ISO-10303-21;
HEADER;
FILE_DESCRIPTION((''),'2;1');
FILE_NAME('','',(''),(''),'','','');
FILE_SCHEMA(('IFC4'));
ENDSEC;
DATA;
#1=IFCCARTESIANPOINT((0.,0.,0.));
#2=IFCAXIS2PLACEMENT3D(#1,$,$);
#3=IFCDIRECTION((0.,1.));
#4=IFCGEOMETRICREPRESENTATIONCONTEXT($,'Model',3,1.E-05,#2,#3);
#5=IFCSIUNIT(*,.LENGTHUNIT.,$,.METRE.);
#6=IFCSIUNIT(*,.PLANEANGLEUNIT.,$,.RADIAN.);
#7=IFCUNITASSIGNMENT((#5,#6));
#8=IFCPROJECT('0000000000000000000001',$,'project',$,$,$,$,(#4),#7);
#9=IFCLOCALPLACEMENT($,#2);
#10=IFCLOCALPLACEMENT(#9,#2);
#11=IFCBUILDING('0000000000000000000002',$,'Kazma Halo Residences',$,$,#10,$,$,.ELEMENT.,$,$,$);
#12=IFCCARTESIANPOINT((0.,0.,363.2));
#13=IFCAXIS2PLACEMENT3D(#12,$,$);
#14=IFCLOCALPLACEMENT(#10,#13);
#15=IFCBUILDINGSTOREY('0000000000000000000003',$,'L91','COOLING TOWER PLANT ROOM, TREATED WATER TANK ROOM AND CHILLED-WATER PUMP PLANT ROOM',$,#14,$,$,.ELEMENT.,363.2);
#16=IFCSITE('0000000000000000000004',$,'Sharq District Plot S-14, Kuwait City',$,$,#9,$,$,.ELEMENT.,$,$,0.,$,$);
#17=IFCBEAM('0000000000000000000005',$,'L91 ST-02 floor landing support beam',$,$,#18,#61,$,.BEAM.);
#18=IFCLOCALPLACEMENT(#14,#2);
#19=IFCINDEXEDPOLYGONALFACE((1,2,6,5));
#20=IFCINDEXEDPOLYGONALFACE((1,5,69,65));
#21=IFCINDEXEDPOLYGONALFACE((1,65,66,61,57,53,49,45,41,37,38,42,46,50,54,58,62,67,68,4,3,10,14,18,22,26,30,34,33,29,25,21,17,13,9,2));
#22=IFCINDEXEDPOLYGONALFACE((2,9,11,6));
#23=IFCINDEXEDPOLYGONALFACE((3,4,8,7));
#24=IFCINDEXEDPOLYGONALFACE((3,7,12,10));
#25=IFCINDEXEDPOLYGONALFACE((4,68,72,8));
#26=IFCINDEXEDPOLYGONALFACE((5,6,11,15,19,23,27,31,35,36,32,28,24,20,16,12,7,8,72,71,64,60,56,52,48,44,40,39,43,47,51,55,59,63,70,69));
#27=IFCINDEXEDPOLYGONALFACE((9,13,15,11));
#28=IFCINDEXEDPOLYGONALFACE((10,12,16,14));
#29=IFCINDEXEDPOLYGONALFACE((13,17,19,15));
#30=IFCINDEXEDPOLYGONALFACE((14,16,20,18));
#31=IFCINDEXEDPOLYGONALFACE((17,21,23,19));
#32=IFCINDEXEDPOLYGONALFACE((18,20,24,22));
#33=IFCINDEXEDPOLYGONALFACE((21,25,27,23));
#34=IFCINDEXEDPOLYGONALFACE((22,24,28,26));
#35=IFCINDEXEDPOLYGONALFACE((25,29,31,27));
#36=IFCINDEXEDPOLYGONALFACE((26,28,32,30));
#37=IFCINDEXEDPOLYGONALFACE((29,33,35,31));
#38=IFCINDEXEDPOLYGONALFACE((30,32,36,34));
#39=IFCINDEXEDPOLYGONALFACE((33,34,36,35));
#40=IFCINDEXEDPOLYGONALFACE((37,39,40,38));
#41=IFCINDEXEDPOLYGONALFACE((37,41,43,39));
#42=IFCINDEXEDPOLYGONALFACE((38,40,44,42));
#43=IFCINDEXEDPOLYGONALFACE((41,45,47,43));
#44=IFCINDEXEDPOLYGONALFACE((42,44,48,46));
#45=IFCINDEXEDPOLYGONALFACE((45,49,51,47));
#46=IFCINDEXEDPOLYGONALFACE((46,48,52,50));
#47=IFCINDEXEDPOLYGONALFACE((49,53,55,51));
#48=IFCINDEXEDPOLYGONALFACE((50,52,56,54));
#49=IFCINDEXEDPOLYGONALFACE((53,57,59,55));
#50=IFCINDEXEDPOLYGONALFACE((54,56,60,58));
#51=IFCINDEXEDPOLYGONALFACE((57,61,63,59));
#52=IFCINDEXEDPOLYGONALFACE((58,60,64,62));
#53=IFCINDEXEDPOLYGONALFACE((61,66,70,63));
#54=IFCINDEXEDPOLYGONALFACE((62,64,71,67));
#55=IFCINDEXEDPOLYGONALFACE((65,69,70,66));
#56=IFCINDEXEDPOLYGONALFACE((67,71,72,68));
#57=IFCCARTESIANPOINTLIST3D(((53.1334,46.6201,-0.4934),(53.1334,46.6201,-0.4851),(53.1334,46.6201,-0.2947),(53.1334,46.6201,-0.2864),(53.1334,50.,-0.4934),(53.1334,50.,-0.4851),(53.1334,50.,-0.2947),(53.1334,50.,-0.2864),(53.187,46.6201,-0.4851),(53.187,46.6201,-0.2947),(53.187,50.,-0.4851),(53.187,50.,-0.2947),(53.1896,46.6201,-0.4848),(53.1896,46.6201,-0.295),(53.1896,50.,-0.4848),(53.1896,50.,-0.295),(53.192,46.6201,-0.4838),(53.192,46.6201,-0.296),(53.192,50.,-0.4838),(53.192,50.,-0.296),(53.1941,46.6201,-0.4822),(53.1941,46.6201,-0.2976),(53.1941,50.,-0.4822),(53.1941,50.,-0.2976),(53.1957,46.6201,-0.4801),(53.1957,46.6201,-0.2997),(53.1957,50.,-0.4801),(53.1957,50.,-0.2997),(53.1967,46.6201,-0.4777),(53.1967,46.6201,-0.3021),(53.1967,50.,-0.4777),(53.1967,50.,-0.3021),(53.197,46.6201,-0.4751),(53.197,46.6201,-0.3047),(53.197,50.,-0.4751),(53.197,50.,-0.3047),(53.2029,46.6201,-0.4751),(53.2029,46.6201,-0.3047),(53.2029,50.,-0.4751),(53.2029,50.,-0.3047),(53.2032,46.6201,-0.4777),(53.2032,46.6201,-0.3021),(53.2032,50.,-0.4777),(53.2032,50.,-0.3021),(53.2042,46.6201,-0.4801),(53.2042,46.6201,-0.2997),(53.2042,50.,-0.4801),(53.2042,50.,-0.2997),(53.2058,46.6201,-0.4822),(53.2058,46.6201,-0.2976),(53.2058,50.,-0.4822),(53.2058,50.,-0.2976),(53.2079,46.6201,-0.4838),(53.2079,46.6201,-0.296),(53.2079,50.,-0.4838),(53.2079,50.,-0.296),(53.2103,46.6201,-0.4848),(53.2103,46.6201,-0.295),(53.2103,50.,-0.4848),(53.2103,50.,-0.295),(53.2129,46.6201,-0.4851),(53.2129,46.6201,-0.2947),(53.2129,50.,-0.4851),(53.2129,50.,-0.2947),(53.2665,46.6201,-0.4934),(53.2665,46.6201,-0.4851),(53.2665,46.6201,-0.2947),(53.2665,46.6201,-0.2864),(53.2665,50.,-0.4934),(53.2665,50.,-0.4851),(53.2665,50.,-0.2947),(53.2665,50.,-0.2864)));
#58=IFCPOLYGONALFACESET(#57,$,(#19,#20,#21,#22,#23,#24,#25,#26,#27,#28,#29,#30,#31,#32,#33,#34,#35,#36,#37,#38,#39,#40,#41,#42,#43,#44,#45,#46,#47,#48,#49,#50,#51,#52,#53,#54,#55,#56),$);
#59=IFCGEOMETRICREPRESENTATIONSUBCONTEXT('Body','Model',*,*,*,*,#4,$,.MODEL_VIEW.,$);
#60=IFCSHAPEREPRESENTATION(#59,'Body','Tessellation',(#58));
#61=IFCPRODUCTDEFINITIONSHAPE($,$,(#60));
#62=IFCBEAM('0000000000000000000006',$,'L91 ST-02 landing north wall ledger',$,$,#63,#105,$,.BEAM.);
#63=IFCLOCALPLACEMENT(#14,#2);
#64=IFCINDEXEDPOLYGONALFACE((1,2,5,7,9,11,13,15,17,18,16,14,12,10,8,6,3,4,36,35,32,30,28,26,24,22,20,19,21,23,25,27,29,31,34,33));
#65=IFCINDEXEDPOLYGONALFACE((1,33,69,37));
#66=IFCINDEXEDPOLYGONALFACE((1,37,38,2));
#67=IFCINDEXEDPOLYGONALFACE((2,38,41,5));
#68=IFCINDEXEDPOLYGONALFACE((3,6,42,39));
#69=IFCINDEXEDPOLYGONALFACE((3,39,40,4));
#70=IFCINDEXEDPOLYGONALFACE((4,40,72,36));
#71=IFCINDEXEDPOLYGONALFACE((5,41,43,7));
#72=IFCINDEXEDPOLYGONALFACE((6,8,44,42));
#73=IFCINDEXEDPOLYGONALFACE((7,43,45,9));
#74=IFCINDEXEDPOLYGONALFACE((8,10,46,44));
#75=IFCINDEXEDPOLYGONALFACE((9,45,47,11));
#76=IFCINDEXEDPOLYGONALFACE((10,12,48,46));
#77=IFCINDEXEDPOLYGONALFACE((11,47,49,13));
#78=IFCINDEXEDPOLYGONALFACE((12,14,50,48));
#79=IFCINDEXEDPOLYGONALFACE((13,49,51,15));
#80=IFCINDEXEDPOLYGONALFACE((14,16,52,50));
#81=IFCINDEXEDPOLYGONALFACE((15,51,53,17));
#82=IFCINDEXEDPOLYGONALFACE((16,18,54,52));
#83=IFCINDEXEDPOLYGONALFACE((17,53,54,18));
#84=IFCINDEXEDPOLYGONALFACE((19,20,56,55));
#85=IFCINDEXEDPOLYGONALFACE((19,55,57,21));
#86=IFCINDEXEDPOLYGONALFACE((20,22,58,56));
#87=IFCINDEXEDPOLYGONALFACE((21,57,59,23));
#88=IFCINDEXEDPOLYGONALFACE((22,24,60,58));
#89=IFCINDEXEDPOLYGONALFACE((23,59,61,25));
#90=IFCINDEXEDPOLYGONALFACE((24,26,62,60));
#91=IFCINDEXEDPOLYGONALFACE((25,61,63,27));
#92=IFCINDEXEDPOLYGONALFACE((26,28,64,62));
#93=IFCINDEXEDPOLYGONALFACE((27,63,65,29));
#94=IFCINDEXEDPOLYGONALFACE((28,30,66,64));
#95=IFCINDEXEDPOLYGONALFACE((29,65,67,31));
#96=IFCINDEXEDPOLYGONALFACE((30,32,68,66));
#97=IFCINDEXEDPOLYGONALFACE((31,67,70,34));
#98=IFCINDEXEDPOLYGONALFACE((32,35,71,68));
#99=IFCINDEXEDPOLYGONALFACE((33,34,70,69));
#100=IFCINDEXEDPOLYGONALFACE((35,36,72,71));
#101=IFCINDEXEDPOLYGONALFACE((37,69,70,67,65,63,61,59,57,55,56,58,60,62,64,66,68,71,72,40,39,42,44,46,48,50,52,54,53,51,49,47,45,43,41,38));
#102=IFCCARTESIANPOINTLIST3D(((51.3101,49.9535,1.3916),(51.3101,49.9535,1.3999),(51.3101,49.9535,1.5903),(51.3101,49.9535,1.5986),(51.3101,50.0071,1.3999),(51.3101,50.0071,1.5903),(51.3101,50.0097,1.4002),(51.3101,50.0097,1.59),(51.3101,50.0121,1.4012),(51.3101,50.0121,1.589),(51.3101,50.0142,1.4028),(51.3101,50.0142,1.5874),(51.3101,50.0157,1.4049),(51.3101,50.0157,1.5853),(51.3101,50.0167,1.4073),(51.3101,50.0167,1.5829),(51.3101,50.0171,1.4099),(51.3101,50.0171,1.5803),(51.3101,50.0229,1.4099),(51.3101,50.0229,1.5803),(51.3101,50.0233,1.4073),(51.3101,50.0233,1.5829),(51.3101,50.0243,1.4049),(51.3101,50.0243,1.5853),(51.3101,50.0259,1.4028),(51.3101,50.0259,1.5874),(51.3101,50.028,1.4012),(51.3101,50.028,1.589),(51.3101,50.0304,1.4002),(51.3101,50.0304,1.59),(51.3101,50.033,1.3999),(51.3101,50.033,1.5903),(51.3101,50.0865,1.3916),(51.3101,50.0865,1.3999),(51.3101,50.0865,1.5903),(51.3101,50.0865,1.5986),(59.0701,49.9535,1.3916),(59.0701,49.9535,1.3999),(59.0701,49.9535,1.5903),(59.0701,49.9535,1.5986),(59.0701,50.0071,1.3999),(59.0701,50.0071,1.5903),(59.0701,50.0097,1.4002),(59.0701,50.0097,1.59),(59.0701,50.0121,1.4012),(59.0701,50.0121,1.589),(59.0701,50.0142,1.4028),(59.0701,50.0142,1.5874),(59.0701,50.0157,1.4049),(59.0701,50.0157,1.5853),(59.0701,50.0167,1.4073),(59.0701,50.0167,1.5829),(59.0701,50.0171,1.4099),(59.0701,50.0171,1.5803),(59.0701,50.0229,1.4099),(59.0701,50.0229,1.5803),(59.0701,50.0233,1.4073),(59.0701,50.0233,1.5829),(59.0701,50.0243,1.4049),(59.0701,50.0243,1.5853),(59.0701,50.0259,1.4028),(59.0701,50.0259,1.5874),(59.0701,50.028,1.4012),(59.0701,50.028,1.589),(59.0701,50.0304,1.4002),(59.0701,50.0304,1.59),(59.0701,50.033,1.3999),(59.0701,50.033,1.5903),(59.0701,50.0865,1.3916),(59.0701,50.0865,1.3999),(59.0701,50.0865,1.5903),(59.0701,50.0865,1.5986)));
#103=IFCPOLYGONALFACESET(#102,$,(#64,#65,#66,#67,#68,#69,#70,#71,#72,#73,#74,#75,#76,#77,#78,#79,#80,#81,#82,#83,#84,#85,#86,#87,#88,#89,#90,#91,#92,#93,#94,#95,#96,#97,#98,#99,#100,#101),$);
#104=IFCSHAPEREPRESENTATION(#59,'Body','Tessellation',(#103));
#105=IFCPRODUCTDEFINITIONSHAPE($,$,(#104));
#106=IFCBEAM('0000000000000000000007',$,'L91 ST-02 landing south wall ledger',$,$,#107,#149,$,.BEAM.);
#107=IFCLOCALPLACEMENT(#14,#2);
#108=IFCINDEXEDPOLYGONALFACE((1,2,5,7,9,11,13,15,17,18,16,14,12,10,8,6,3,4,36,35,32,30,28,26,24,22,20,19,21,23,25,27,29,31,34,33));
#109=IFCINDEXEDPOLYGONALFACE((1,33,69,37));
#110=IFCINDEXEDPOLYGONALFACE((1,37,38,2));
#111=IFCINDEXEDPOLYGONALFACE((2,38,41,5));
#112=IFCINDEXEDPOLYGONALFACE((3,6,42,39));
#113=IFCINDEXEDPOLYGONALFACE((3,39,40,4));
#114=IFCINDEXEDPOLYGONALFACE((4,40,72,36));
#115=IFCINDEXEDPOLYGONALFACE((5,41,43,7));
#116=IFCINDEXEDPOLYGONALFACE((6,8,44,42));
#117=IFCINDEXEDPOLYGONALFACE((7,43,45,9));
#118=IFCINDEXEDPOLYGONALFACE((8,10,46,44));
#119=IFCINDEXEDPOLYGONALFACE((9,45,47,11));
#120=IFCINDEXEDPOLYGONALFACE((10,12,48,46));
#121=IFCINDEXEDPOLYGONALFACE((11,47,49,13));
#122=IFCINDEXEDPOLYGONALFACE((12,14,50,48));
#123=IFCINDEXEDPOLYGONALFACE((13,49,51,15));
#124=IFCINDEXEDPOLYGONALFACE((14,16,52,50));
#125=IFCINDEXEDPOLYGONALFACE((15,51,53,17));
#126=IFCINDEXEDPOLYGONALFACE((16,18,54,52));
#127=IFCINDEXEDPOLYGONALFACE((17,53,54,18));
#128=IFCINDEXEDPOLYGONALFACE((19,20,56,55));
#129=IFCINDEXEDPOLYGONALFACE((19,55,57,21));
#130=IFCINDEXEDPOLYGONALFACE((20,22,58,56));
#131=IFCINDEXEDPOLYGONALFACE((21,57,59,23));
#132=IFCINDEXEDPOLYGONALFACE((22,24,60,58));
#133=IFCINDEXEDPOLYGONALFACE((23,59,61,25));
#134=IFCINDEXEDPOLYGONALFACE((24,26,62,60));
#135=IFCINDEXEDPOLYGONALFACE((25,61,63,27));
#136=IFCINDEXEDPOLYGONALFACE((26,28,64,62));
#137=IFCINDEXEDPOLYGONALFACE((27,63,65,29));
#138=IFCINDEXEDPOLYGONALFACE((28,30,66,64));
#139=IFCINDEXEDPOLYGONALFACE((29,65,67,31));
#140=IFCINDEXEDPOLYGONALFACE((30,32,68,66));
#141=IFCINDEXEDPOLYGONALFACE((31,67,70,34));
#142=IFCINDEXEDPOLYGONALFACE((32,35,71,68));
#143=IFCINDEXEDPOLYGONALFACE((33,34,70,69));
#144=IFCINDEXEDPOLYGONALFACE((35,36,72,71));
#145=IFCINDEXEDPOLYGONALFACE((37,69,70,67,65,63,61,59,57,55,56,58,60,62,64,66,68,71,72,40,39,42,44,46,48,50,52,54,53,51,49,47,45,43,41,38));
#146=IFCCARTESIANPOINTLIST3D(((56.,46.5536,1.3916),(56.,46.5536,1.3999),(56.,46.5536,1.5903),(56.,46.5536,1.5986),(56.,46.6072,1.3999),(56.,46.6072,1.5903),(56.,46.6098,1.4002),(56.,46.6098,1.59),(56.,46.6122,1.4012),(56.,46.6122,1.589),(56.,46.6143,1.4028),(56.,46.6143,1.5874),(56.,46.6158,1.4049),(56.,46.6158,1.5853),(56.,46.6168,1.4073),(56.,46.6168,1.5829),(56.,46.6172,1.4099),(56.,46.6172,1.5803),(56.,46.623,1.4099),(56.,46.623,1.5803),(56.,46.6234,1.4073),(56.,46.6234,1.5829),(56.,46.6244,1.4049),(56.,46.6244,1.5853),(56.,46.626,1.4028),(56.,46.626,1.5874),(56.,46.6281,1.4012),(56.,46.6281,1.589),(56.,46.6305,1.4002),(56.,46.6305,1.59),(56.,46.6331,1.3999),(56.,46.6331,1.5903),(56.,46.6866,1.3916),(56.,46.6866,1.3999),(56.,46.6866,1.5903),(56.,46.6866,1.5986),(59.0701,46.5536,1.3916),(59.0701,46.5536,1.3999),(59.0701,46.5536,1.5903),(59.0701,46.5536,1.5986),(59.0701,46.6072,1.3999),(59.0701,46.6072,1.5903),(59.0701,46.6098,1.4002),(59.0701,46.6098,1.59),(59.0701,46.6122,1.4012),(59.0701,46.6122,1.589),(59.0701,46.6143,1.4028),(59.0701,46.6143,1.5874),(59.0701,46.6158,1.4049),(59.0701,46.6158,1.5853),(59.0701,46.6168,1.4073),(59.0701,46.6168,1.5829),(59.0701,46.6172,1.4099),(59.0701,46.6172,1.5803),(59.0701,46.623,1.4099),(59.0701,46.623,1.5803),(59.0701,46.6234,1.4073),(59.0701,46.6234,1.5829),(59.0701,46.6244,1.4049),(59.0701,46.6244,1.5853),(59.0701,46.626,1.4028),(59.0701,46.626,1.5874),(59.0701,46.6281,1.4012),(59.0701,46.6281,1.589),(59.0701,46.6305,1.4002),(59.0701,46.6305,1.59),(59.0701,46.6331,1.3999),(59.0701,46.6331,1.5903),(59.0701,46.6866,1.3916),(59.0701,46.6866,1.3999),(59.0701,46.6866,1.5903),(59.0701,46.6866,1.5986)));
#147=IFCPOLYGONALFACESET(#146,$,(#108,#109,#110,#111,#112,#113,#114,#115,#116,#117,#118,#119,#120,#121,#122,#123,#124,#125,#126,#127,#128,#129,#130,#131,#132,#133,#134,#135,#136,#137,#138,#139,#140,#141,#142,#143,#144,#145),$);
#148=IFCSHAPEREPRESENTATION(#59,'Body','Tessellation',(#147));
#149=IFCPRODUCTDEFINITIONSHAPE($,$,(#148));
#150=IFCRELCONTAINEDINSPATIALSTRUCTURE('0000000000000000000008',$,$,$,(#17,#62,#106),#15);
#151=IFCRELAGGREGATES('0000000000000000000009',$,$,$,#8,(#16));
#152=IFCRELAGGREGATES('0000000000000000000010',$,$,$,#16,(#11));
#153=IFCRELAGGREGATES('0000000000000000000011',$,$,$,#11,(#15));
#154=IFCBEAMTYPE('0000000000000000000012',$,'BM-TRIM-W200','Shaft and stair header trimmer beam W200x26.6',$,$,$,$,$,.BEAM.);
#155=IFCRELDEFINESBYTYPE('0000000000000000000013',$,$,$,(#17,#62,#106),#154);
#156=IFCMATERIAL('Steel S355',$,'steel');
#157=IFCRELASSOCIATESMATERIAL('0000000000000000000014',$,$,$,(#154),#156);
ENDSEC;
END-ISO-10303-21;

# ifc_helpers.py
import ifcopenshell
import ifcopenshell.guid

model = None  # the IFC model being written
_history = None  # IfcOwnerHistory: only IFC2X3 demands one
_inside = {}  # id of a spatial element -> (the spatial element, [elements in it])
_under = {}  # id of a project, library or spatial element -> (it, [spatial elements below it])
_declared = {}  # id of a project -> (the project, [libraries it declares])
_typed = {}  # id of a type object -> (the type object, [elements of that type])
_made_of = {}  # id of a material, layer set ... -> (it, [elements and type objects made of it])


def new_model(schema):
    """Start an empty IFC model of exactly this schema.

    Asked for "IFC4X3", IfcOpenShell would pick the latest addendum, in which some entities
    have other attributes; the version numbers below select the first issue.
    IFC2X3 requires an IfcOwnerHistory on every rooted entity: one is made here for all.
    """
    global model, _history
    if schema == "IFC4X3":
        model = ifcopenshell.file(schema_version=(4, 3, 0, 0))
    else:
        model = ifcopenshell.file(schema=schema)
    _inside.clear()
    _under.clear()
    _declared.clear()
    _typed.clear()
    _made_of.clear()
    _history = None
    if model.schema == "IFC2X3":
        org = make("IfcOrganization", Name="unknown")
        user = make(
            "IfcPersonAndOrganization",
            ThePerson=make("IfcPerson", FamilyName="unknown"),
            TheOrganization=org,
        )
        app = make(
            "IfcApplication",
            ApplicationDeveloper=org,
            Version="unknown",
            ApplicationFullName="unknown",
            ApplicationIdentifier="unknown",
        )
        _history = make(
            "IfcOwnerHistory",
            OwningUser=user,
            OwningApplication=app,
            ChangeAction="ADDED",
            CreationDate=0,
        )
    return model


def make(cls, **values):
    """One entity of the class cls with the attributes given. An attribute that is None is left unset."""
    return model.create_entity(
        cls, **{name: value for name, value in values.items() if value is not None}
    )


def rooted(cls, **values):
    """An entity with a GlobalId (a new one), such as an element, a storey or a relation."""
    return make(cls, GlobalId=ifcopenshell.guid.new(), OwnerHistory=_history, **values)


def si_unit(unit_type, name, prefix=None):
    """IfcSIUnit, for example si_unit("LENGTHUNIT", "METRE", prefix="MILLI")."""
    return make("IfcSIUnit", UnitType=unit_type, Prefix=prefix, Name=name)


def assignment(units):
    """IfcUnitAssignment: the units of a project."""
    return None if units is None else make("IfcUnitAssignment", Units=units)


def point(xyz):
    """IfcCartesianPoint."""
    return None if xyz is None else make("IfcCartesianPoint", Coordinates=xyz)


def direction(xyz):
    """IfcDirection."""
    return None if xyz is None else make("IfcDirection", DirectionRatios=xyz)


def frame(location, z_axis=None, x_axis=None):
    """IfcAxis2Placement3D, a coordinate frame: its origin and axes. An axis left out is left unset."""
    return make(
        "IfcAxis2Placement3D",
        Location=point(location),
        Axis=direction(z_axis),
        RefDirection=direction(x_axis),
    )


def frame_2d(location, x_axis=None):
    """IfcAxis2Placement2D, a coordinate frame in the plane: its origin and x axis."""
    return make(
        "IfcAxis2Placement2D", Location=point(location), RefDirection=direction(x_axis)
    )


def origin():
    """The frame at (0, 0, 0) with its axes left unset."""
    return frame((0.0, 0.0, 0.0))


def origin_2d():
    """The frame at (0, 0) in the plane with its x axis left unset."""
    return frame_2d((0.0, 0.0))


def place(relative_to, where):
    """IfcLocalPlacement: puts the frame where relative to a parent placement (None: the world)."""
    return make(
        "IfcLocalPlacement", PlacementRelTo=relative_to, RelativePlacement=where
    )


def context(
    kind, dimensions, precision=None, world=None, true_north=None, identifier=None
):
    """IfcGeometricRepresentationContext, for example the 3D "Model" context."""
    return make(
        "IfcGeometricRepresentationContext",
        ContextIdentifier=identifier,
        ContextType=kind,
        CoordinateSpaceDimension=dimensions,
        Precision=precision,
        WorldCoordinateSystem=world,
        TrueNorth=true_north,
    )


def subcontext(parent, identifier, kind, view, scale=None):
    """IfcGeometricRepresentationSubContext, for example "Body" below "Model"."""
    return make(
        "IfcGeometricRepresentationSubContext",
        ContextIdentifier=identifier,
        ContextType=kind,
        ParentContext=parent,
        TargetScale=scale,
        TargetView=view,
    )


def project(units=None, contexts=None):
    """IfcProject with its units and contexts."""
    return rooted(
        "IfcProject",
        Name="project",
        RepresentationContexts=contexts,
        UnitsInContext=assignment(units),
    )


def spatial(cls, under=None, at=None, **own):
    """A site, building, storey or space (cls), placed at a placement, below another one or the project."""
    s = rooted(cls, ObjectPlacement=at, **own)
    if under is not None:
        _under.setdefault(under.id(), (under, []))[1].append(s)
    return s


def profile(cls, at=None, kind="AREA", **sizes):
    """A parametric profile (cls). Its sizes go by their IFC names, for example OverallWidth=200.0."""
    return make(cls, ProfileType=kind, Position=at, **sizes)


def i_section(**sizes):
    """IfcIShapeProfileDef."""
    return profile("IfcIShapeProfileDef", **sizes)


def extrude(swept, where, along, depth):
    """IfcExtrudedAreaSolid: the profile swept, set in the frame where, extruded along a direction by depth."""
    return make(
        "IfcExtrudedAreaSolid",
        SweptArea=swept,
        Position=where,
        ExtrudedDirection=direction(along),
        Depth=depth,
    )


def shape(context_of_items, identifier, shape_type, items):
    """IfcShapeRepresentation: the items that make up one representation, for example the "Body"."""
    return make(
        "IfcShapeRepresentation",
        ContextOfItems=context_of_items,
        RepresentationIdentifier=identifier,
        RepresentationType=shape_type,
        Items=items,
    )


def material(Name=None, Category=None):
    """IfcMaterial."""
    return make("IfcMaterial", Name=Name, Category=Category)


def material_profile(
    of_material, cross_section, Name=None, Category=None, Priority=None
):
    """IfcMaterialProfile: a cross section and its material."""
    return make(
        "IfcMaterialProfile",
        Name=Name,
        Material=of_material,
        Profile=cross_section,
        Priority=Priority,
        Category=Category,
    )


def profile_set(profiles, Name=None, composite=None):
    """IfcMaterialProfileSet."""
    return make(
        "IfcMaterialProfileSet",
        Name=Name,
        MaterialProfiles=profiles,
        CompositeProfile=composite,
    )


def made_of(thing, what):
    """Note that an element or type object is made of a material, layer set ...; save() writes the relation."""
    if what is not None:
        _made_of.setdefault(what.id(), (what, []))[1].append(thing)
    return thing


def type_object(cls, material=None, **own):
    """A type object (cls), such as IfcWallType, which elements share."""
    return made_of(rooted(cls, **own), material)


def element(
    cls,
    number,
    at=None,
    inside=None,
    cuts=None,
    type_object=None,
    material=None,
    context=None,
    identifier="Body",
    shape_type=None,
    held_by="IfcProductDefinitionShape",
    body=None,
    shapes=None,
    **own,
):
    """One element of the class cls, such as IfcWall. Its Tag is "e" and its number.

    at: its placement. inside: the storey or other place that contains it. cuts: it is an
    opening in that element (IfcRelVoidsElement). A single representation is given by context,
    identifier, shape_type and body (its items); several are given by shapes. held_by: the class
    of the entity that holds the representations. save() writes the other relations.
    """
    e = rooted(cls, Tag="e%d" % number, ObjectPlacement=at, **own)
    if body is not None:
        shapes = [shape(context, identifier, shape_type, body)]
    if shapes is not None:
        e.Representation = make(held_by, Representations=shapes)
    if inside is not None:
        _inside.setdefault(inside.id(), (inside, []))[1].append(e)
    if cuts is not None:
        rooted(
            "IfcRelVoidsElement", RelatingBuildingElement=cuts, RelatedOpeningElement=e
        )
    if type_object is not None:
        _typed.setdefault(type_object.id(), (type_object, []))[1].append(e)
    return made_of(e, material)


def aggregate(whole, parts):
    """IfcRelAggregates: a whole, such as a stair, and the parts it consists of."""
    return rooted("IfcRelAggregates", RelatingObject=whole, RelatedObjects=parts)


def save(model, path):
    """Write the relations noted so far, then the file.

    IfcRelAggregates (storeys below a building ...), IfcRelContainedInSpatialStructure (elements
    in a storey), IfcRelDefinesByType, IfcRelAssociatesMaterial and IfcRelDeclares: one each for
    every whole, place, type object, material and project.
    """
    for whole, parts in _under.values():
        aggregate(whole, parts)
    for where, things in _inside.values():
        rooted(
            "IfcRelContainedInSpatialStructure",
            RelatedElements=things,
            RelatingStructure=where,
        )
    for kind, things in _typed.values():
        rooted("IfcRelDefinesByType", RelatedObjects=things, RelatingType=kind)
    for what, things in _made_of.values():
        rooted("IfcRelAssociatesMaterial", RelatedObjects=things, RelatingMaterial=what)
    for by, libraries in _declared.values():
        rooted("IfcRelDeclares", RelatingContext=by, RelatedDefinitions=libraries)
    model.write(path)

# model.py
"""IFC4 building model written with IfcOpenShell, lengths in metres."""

from ifc_helpers import new_model, si_unit, direction, frame, origin, origin_2d, place, context, subcontext, project, spatial, i_section, extrude, material, material_profile, profile_set, type_object, element, save


model = new_model("IFC4")

# Units and contexts
model_context = context("Model", 3, precision=1e-05, world=origin(), true_north=direction((0.0, 1.0)))
body_context = subcontext(model_context, "Body", "Model", "MODEL_VIEW")
ifc_project = project(units=[si_unit("LENGTHUNIT", "METRE"), si_unit("PLANEANGLEUNIT", "RADIAN")], contexts=[model_context])

# Site, building, storey
site_placement = place(None, origin())
site = spatial("IfcSite", under=ifc_project, at=site_placement, Name="Sharq District Plot S-14, Kuwait City", CompositionType="ELEMENT", RefElevation=0.0)
building_placement = place(site_placement, origin())
building = spatial("IfcBuilding", under=site, at=building_placement, Name="Kazma Halo Residences", CompositionType="ELEMENT")
storey_placement = place(building_placement, frame((0.0, 0.0, 363.2)))
storey = spatial("IfcBuildingStorey", under=building, at=storey_placement, Name="L91", Description="COOLING TOWER PLANT ROOM, TREATED WATER TANK ROOM AND CHILLED-WATER PUMP PLANT ROOM", CompositionType="ELEMENT", Elevation=363.2)

# Shared definitions
ifc_material_1 = material(Name="Steel S355", Category="steel")

# Beams
ifc_material_profile_1 = material_profile(ifc_material_1, i_section(OverallWidth=0.1331, OverallDepth=0.207, WebThickness=0.0059, FlangeThickness=0.0083, FilletRadius=0.01, at=origin_2d()), Name="W200x26.6")
ifc_profile_set_1 = profile_set([ifc_material_profile_1], Name="Steel S355")
beam_type_1 = type_object("IfcBeamType", Name="BM-TRIM-W200", Description="Shaft and stair header trimmer beam W200x26.6", PredefinedType="BEAM", material=ifc_profile_set_1)
beam_1_placement = place(storey_placement, frame((53.2, 46.6201, -0.3899), z_axis=(0.0, 1.0, 0.0), x_axis=(-1.0, 0.0, 0.0)))
element("IfcBeam", 1, at=beam_1_placement, inside=storey, type_object=beam_type_1, Name="L91 ST-02 floor landing support beam", PredefinedType="BEAM", context=body_context, shape_type="SweptSolid", body=[
    extrude(i_section(OverallWidth=0.1331, OverallDepth=0.207, WebThickness=0.0059, FlangeThickness=0.0083, FilletRadius=0.01, at=origin_2d()), origin(), (0.0, 0.0, 1.0), 3.3799),
])
beam_2_placement = place(storey_placement, frame((51.3101, 50.02, 1.4951), z_axis=(1.0, 0.0, 0.0), x_axis=(0.0, 1.0, 0.0)))
element("IfcBeam", 2, at=beam_2_placement, inside=storey, type_object=beam_type_1, Name="L91 ST-02 landing north wall ledger", PredefinedType="BEAM", context=body_context, shape_type="SweptSolid", body=[
    extrude(i_section(OverallWidth=0.1331, OverallDepth=0.207, WebThickness=0.0059, FlangeThickness=0.0083, FilletRadius=0.01, at=origin_2d()), origin(), (0.0, 0.0, 1.0), 7.76),
])
beam_3_placement = place(storey_placement, frame((56.0, 46.6201, 1.4951), z_axis=(1.0, 0.0, 0.0), x_axis=(0.0, 1.0, 0.0)))
element("IfcBeam", 3, at=beam_3_placement, inside=storey, type_object=beam_type_1, Name="L91 ST-02 landing south wall ledger", PredefinedType="BEAM", context=body_context, shape_type="SweptSolid", body=[
    extrude(i_section(OverallWidth=0.1331, OverallDepth=0.207, WebThickness=0.0059, FlangeThickness=0.0083, FilletRadius=0.01, at=origin_2d()), origin(), (0.0, 0.0, 1.0), 3.0701),
])

save(model, "model.ifc")
